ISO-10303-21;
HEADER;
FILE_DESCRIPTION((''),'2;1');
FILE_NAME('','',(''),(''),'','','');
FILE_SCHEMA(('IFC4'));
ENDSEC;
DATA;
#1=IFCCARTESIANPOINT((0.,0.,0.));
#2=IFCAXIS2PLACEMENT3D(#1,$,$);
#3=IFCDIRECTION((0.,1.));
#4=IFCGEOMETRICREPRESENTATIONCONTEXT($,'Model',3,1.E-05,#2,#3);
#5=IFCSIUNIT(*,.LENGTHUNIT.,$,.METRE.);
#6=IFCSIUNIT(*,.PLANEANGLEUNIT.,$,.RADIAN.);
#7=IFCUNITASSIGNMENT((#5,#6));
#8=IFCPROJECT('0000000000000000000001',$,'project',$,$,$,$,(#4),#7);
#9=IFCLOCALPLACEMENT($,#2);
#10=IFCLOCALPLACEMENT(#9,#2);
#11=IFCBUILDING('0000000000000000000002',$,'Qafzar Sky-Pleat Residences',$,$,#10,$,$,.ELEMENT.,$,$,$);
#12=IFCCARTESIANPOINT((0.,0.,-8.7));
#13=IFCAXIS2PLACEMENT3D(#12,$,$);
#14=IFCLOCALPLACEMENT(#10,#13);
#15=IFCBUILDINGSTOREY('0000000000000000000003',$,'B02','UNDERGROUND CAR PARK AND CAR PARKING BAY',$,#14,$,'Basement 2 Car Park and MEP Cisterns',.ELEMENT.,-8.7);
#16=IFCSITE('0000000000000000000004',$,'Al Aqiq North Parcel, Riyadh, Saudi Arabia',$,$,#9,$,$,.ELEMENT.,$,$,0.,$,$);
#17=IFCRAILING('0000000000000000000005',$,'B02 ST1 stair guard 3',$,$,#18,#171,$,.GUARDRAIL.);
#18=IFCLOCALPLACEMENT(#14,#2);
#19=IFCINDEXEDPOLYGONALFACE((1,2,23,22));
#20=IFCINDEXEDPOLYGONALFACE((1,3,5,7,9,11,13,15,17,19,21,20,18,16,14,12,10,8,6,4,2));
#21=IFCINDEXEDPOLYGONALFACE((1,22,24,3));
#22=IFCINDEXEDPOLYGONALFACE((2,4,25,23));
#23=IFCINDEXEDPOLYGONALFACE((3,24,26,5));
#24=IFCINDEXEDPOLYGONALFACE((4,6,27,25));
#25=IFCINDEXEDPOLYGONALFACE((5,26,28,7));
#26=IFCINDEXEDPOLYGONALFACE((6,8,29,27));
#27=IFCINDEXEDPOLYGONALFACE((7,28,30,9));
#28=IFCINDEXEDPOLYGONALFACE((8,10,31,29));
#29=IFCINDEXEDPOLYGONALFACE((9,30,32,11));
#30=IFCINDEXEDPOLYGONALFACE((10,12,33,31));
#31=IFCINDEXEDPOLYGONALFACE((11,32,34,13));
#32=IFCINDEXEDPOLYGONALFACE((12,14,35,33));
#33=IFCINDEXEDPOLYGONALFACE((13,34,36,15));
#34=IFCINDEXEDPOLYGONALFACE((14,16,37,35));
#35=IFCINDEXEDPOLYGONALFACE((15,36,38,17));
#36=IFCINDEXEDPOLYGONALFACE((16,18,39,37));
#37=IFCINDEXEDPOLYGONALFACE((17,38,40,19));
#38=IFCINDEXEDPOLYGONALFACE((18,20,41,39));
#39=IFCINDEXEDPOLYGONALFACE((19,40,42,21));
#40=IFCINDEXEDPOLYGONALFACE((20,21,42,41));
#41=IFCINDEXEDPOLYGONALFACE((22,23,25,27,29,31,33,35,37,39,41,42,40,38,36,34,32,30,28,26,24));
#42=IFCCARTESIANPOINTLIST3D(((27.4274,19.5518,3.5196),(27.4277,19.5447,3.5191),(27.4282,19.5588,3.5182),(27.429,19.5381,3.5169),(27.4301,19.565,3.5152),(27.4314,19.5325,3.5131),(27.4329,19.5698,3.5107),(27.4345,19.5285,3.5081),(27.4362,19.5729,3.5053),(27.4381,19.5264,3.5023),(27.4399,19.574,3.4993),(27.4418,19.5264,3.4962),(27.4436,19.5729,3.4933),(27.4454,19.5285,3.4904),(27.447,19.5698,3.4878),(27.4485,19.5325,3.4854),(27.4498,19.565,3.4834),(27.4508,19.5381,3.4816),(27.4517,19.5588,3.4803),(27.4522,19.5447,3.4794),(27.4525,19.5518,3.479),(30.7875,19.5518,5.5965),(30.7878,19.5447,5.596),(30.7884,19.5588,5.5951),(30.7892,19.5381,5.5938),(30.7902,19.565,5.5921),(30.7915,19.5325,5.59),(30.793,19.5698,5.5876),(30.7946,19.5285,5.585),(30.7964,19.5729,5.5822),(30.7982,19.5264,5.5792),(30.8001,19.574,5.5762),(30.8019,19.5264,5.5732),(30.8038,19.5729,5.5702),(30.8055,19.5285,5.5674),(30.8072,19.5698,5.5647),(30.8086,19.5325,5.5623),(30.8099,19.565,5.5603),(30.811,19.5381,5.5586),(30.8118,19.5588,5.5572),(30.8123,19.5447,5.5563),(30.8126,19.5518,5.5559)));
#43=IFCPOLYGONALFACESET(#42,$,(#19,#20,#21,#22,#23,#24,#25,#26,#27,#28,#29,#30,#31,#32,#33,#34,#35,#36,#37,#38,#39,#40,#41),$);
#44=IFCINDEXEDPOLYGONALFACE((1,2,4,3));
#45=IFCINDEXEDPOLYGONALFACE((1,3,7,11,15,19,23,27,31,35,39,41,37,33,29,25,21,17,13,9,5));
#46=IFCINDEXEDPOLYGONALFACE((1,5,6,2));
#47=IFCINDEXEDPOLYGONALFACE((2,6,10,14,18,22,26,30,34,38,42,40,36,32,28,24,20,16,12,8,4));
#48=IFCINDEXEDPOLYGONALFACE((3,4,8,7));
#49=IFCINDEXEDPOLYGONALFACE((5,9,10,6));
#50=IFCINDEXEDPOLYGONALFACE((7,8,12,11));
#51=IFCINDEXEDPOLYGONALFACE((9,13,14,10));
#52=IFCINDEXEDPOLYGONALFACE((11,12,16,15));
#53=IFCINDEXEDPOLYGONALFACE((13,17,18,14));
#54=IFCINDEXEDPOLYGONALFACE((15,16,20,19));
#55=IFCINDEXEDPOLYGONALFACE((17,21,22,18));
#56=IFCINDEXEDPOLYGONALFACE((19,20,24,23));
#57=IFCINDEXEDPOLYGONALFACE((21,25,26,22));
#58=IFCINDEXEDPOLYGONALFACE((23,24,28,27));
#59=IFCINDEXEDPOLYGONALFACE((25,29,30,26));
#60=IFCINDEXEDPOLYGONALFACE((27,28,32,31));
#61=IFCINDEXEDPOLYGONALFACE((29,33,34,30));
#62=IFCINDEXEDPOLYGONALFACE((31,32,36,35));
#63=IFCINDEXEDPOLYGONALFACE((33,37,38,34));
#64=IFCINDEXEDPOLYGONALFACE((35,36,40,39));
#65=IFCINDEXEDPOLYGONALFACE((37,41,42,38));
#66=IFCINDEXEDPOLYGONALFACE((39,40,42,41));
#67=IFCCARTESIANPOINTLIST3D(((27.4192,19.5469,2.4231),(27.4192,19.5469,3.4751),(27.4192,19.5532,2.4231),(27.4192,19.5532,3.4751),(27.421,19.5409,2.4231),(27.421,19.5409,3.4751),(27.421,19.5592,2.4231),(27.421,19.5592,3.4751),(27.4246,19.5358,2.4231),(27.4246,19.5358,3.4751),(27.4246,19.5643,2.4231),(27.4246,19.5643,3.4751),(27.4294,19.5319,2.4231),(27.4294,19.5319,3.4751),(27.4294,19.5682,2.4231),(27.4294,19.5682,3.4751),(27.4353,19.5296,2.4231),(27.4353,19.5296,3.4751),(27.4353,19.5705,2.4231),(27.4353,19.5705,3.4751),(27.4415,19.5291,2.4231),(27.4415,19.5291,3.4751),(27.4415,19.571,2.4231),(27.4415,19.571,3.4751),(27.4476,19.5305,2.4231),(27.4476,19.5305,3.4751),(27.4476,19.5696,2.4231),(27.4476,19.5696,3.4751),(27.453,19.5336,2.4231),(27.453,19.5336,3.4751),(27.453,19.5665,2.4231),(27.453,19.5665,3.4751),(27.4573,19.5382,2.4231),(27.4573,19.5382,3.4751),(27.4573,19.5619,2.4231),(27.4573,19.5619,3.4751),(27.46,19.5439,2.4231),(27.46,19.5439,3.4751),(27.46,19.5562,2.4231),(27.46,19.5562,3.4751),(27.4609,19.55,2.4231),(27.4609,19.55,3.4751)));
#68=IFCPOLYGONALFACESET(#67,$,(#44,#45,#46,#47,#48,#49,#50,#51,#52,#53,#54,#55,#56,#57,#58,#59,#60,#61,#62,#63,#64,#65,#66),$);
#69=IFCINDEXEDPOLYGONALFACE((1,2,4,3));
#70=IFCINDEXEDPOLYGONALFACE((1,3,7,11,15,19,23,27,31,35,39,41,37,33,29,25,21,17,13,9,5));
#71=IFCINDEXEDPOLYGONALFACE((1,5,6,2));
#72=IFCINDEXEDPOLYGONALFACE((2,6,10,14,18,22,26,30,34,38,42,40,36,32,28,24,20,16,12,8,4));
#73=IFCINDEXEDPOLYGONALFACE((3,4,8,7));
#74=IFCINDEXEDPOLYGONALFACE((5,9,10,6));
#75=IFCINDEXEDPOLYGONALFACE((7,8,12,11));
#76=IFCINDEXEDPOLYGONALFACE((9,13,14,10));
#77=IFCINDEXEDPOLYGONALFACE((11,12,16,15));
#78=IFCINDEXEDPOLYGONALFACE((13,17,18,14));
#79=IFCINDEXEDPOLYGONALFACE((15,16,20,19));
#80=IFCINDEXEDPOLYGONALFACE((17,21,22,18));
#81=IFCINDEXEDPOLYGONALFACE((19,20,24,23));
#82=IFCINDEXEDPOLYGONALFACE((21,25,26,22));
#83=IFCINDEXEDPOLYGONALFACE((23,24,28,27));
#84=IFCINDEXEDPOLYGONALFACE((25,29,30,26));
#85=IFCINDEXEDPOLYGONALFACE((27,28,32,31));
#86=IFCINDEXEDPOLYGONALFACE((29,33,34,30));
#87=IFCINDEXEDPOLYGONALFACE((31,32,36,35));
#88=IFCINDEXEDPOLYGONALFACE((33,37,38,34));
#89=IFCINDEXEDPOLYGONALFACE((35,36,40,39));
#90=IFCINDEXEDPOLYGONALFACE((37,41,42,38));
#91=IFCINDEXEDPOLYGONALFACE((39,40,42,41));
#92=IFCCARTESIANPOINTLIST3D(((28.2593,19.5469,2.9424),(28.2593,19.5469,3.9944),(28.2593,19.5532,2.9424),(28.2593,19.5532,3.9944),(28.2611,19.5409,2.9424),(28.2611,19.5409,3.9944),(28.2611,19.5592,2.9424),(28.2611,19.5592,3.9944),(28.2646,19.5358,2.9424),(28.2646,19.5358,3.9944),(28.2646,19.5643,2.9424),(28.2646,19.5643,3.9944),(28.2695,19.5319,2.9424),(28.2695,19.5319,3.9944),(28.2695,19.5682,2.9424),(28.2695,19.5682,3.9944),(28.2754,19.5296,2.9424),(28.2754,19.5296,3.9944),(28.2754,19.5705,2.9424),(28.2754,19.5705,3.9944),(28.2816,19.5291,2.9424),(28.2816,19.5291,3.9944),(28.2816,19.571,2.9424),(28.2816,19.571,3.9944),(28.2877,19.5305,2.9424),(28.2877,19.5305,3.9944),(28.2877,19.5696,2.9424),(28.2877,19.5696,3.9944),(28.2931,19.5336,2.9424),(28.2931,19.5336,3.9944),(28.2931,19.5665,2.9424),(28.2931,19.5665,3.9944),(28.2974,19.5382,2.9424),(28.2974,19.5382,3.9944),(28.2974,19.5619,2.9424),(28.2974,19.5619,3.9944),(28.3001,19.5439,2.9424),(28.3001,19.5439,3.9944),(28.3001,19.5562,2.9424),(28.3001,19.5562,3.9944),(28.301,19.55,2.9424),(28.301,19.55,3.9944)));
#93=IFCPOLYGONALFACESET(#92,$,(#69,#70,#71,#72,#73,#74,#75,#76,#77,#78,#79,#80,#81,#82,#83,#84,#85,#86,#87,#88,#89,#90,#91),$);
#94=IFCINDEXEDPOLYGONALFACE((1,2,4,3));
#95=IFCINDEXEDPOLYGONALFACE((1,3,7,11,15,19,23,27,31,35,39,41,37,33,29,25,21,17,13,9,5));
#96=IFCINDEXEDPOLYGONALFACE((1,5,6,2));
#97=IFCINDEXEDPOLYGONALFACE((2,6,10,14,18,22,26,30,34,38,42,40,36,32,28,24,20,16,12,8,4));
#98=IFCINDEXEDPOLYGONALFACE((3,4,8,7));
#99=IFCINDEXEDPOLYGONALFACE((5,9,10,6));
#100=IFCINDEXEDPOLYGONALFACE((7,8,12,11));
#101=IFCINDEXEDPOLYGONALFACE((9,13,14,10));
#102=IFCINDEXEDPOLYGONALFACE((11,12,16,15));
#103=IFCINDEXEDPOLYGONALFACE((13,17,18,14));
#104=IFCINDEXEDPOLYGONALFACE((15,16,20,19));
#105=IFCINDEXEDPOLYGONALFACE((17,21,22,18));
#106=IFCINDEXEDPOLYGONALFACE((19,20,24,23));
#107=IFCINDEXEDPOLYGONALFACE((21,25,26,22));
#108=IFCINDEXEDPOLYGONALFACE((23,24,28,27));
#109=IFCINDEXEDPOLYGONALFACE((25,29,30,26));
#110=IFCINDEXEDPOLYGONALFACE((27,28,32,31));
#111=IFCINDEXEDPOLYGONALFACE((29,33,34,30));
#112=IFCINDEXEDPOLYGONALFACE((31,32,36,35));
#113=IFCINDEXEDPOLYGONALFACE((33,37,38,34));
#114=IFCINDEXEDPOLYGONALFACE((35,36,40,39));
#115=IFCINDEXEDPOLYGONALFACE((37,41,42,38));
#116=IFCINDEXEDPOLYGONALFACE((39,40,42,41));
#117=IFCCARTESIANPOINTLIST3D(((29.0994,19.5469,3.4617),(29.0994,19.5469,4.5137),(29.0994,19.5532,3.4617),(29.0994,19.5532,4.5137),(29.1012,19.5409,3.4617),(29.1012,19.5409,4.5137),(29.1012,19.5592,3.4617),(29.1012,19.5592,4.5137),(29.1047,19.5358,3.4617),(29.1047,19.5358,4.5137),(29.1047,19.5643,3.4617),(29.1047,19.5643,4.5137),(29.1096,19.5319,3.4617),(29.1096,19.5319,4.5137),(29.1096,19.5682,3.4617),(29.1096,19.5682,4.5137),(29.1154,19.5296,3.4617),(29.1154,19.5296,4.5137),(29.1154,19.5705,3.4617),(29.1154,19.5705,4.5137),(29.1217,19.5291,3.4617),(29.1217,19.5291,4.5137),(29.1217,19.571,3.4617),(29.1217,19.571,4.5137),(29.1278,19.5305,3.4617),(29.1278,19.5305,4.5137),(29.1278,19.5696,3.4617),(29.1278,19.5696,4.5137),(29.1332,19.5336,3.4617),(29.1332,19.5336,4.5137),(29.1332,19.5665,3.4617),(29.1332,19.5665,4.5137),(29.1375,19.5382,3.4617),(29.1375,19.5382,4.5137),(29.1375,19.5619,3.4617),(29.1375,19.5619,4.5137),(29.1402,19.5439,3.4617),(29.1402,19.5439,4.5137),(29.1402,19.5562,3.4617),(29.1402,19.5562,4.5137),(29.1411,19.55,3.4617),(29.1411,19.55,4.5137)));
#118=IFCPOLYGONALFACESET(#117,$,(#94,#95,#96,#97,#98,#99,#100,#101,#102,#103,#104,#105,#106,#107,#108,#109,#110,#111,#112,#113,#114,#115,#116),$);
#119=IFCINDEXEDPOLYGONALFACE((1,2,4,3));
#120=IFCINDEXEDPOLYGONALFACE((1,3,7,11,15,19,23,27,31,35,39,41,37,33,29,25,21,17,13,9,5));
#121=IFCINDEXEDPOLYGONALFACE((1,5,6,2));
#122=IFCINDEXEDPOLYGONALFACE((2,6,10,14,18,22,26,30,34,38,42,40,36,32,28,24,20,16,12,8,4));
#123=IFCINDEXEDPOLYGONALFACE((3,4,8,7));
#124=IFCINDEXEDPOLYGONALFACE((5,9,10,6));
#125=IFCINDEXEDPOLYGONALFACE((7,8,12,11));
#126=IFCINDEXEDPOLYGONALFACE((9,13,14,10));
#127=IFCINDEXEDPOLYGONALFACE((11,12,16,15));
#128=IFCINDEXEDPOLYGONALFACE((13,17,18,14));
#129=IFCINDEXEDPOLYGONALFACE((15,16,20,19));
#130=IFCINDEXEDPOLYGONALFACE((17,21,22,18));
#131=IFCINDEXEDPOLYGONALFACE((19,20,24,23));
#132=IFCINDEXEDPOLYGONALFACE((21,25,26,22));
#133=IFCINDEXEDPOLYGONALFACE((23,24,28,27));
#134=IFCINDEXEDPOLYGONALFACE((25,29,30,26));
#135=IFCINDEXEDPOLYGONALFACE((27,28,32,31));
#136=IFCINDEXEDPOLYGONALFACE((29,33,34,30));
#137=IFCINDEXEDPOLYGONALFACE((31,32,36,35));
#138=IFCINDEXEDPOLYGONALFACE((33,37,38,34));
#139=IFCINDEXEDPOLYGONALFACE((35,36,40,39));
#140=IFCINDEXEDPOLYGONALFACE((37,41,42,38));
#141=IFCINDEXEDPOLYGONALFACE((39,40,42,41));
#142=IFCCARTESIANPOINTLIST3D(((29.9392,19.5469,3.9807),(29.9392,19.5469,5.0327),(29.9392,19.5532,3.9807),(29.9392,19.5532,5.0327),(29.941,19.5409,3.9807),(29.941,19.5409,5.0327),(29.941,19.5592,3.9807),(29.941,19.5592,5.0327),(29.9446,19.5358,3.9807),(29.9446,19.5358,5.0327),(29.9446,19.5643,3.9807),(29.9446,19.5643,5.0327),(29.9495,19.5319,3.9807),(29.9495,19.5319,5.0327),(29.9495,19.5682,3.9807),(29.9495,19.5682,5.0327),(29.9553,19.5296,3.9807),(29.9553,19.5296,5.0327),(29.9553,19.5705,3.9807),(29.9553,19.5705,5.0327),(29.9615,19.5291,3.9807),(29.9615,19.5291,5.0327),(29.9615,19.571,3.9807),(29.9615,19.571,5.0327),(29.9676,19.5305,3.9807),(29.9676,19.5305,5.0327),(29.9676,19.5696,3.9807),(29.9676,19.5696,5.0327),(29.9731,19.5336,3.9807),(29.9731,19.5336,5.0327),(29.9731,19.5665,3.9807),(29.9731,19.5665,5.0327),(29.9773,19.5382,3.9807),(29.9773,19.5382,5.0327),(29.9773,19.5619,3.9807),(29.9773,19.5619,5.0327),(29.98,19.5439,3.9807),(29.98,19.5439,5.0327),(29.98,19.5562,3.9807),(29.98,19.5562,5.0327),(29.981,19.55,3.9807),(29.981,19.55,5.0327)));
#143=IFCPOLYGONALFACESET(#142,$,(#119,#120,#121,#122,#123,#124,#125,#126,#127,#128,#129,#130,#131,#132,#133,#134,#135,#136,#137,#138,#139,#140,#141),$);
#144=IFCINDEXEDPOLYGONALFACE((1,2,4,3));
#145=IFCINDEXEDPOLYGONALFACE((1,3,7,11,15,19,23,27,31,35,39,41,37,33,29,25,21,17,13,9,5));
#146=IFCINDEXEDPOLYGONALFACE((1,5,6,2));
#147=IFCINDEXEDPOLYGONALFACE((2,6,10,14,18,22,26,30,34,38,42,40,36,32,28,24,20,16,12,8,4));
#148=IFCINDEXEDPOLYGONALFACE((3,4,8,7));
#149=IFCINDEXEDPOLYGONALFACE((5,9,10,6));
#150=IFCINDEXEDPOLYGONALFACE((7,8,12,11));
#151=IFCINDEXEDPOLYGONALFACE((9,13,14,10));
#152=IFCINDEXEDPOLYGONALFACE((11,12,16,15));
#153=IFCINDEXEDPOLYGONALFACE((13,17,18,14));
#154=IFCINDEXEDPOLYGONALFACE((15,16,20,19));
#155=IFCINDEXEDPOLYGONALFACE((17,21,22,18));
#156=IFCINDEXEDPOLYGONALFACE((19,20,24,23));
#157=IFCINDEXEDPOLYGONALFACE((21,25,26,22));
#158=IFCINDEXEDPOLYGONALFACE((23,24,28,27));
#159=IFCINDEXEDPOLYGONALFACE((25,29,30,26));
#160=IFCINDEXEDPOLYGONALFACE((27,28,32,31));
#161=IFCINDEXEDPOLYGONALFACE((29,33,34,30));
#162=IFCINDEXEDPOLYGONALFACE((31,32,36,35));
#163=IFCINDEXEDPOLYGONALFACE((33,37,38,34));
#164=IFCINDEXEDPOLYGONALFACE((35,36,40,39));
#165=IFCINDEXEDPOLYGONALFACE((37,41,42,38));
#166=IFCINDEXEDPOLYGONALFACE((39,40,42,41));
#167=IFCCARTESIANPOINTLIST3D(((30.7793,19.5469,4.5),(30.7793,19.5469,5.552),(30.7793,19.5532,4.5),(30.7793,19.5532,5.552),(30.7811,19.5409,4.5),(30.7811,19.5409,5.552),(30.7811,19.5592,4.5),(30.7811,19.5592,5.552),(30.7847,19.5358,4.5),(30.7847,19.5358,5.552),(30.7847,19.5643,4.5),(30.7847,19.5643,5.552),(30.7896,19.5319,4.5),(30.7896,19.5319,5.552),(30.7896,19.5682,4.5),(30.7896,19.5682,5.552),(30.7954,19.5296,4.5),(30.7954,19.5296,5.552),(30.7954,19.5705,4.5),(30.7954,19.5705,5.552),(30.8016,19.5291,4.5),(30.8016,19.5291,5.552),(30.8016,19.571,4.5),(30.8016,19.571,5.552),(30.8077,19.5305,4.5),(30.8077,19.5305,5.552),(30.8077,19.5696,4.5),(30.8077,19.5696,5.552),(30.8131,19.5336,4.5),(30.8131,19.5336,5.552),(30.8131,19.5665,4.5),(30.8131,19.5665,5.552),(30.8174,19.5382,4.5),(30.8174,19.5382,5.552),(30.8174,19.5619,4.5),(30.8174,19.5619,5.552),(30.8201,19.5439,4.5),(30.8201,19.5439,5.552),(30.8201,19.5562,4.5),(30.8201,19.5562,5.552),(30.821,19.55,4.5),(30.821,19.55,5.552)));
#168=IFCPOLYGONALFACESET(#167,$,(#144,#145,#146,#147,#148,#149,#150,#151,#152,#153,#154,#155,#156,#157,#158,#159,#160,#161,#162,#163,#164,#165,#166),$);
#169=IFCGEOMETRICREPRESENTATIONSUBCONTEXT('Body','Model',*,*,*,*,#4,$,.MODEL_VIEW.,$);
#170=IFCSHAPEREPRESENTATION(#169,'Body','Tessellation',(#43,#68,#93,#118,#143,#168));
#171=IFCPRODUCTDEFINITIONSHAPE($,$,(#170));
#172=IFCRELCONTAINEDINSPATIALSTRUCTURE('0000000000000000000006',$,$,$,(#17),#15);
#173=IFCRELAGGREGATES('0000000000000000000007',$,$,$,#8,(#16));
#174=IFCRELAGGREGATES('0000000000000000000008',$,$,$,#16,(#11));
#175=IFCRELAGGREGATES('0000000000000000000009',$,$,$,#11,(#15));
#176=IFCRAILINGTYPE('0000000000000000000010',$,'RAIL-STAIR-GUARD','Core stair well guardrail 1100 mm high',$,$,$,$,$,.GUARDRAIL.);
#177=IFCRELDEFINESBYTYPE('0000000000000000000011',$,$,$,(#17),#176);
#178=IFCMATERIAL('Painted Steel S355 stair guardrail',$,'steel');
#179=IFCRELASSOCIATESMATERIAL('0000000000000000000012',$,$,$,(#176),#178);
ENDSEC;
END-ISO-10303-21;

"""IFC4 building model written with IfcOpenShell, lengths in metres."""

from ifc_helpers import new_model, si_unit, direction, frame, origin, origin_2d, place, context, subcontext, project, spatial, circle, extrude, source, transform, mapped, material, type_object, element, save


model = new_model("IFC4")

# Units and contexts
model_context = context("Model", 3, precision=1e-05, world=origin(), true_north=direction((0.0, 1.0)))
body_context = subcontext(model_context, "Body", "Model", "MODEL_VIEW")
ifc_project = project(units=[si_unit("LENGTHUNIT", "METRE"), si_unit("PLANEANGLEUNIT", "RADIAN")], contexts=[model_context])

# Site, building, storey
site_placement = place(None, origin())
site = spatial("IfcSite", under=ifc_project, at=site_placement, Name="Al Aqiq North Parcel, Riyadh, Saudi Arabia", CompositionType="ELEMENT", RefElevation=0.0)
building_placement = place(site_placement, origin())
building = spatial("IfcBuilding", under=site, at=building_placement, Name="Qafzar Sky-Pleat Residences", CompositionType="ELEMENT")
storey_placement = place(building_placement, frame((0.0, 0.0, -8.7)))
storey = spatial("IfcBuildingStorey", under=building, at=storey_placement, Name="B02", Description="UNDERGROUND CAR PARK AND CAR PARKING BAY", LongName="Basement 2 Car Park and MEP Cisterns", CompositionType="ELEMENT", Elevation=-8.7)

# Railing
ifc_material_1 = material(Name="Painted Steel S355 stair guardrail", Category="steel")
railing_type_1 = type_object("IfcRailingType", Name="RAIL-STAIR-GUARD", Description="Core stair well guardrail 1100 mm high", PredefinedType="GUARDRAIL", material=ifc_material_1)
shared_shape_1 = source(origin(), body_context, "Body", "SweptSolid", [
    extrude(circle(Radius=0.0239, at=origin_2d()), frame((0.0, 0.0, 1.0762), z_axis=(0.850623, 0.0, 0.525776), x_axis=(0.0, 1.0, 0.0)), (0.0, 0.0, 1.0), 3.9502),
    extrude(circle(Radius=0.021, at=origin_2d()), origin(), (0.0, 0.0, 1.0), 1.052),
    extrude(circle(Radius=0.021, at=origin_2d()), frame((0.8401, 0.0, 0.5193)), (0.0, 0.0, 1.0), 1.052),
    extrude(circle(Radius=0.021, at=origin_2d()), frame((1.6802, 0.0, 1.0386)), (0.0, 0.0, 1.0), 1.052),
    extrude(circle(Radius=0.021, at=origin_2d()), frame((2.52, 0.0, 1.5576)), (0.0, 0.0, 1.0), 1.052),
    extrude(circle(Radius=0.021, at=origin_2d()), frame((3.3601, 0.0, 2.0769)), (0.0, 0.0, 1.0), 1.052),
])
railing_1_placement = place(storey_placement, frame((27.4399, 19.55, 2.4231)))
element("IfcRailing", 1, at=railing_1_placement, inside=storey, type_object=railing_type_1, Name="B02 ST1 stair guard 3", PredefinedType="GUARDRAIL", context=body_context, shape_type="MappedRepresentation", body=[
    mapped(shared_shape_1, transform((0.0, 0.0, 0.0), x_axis=(1.0, 0.0, 0.0), y_axis=(0.0, 1.0, 0.0), z_axis=(0.0, 0.0, 1.0), scale=1.0)),
])

save(model, "model.ifc")
